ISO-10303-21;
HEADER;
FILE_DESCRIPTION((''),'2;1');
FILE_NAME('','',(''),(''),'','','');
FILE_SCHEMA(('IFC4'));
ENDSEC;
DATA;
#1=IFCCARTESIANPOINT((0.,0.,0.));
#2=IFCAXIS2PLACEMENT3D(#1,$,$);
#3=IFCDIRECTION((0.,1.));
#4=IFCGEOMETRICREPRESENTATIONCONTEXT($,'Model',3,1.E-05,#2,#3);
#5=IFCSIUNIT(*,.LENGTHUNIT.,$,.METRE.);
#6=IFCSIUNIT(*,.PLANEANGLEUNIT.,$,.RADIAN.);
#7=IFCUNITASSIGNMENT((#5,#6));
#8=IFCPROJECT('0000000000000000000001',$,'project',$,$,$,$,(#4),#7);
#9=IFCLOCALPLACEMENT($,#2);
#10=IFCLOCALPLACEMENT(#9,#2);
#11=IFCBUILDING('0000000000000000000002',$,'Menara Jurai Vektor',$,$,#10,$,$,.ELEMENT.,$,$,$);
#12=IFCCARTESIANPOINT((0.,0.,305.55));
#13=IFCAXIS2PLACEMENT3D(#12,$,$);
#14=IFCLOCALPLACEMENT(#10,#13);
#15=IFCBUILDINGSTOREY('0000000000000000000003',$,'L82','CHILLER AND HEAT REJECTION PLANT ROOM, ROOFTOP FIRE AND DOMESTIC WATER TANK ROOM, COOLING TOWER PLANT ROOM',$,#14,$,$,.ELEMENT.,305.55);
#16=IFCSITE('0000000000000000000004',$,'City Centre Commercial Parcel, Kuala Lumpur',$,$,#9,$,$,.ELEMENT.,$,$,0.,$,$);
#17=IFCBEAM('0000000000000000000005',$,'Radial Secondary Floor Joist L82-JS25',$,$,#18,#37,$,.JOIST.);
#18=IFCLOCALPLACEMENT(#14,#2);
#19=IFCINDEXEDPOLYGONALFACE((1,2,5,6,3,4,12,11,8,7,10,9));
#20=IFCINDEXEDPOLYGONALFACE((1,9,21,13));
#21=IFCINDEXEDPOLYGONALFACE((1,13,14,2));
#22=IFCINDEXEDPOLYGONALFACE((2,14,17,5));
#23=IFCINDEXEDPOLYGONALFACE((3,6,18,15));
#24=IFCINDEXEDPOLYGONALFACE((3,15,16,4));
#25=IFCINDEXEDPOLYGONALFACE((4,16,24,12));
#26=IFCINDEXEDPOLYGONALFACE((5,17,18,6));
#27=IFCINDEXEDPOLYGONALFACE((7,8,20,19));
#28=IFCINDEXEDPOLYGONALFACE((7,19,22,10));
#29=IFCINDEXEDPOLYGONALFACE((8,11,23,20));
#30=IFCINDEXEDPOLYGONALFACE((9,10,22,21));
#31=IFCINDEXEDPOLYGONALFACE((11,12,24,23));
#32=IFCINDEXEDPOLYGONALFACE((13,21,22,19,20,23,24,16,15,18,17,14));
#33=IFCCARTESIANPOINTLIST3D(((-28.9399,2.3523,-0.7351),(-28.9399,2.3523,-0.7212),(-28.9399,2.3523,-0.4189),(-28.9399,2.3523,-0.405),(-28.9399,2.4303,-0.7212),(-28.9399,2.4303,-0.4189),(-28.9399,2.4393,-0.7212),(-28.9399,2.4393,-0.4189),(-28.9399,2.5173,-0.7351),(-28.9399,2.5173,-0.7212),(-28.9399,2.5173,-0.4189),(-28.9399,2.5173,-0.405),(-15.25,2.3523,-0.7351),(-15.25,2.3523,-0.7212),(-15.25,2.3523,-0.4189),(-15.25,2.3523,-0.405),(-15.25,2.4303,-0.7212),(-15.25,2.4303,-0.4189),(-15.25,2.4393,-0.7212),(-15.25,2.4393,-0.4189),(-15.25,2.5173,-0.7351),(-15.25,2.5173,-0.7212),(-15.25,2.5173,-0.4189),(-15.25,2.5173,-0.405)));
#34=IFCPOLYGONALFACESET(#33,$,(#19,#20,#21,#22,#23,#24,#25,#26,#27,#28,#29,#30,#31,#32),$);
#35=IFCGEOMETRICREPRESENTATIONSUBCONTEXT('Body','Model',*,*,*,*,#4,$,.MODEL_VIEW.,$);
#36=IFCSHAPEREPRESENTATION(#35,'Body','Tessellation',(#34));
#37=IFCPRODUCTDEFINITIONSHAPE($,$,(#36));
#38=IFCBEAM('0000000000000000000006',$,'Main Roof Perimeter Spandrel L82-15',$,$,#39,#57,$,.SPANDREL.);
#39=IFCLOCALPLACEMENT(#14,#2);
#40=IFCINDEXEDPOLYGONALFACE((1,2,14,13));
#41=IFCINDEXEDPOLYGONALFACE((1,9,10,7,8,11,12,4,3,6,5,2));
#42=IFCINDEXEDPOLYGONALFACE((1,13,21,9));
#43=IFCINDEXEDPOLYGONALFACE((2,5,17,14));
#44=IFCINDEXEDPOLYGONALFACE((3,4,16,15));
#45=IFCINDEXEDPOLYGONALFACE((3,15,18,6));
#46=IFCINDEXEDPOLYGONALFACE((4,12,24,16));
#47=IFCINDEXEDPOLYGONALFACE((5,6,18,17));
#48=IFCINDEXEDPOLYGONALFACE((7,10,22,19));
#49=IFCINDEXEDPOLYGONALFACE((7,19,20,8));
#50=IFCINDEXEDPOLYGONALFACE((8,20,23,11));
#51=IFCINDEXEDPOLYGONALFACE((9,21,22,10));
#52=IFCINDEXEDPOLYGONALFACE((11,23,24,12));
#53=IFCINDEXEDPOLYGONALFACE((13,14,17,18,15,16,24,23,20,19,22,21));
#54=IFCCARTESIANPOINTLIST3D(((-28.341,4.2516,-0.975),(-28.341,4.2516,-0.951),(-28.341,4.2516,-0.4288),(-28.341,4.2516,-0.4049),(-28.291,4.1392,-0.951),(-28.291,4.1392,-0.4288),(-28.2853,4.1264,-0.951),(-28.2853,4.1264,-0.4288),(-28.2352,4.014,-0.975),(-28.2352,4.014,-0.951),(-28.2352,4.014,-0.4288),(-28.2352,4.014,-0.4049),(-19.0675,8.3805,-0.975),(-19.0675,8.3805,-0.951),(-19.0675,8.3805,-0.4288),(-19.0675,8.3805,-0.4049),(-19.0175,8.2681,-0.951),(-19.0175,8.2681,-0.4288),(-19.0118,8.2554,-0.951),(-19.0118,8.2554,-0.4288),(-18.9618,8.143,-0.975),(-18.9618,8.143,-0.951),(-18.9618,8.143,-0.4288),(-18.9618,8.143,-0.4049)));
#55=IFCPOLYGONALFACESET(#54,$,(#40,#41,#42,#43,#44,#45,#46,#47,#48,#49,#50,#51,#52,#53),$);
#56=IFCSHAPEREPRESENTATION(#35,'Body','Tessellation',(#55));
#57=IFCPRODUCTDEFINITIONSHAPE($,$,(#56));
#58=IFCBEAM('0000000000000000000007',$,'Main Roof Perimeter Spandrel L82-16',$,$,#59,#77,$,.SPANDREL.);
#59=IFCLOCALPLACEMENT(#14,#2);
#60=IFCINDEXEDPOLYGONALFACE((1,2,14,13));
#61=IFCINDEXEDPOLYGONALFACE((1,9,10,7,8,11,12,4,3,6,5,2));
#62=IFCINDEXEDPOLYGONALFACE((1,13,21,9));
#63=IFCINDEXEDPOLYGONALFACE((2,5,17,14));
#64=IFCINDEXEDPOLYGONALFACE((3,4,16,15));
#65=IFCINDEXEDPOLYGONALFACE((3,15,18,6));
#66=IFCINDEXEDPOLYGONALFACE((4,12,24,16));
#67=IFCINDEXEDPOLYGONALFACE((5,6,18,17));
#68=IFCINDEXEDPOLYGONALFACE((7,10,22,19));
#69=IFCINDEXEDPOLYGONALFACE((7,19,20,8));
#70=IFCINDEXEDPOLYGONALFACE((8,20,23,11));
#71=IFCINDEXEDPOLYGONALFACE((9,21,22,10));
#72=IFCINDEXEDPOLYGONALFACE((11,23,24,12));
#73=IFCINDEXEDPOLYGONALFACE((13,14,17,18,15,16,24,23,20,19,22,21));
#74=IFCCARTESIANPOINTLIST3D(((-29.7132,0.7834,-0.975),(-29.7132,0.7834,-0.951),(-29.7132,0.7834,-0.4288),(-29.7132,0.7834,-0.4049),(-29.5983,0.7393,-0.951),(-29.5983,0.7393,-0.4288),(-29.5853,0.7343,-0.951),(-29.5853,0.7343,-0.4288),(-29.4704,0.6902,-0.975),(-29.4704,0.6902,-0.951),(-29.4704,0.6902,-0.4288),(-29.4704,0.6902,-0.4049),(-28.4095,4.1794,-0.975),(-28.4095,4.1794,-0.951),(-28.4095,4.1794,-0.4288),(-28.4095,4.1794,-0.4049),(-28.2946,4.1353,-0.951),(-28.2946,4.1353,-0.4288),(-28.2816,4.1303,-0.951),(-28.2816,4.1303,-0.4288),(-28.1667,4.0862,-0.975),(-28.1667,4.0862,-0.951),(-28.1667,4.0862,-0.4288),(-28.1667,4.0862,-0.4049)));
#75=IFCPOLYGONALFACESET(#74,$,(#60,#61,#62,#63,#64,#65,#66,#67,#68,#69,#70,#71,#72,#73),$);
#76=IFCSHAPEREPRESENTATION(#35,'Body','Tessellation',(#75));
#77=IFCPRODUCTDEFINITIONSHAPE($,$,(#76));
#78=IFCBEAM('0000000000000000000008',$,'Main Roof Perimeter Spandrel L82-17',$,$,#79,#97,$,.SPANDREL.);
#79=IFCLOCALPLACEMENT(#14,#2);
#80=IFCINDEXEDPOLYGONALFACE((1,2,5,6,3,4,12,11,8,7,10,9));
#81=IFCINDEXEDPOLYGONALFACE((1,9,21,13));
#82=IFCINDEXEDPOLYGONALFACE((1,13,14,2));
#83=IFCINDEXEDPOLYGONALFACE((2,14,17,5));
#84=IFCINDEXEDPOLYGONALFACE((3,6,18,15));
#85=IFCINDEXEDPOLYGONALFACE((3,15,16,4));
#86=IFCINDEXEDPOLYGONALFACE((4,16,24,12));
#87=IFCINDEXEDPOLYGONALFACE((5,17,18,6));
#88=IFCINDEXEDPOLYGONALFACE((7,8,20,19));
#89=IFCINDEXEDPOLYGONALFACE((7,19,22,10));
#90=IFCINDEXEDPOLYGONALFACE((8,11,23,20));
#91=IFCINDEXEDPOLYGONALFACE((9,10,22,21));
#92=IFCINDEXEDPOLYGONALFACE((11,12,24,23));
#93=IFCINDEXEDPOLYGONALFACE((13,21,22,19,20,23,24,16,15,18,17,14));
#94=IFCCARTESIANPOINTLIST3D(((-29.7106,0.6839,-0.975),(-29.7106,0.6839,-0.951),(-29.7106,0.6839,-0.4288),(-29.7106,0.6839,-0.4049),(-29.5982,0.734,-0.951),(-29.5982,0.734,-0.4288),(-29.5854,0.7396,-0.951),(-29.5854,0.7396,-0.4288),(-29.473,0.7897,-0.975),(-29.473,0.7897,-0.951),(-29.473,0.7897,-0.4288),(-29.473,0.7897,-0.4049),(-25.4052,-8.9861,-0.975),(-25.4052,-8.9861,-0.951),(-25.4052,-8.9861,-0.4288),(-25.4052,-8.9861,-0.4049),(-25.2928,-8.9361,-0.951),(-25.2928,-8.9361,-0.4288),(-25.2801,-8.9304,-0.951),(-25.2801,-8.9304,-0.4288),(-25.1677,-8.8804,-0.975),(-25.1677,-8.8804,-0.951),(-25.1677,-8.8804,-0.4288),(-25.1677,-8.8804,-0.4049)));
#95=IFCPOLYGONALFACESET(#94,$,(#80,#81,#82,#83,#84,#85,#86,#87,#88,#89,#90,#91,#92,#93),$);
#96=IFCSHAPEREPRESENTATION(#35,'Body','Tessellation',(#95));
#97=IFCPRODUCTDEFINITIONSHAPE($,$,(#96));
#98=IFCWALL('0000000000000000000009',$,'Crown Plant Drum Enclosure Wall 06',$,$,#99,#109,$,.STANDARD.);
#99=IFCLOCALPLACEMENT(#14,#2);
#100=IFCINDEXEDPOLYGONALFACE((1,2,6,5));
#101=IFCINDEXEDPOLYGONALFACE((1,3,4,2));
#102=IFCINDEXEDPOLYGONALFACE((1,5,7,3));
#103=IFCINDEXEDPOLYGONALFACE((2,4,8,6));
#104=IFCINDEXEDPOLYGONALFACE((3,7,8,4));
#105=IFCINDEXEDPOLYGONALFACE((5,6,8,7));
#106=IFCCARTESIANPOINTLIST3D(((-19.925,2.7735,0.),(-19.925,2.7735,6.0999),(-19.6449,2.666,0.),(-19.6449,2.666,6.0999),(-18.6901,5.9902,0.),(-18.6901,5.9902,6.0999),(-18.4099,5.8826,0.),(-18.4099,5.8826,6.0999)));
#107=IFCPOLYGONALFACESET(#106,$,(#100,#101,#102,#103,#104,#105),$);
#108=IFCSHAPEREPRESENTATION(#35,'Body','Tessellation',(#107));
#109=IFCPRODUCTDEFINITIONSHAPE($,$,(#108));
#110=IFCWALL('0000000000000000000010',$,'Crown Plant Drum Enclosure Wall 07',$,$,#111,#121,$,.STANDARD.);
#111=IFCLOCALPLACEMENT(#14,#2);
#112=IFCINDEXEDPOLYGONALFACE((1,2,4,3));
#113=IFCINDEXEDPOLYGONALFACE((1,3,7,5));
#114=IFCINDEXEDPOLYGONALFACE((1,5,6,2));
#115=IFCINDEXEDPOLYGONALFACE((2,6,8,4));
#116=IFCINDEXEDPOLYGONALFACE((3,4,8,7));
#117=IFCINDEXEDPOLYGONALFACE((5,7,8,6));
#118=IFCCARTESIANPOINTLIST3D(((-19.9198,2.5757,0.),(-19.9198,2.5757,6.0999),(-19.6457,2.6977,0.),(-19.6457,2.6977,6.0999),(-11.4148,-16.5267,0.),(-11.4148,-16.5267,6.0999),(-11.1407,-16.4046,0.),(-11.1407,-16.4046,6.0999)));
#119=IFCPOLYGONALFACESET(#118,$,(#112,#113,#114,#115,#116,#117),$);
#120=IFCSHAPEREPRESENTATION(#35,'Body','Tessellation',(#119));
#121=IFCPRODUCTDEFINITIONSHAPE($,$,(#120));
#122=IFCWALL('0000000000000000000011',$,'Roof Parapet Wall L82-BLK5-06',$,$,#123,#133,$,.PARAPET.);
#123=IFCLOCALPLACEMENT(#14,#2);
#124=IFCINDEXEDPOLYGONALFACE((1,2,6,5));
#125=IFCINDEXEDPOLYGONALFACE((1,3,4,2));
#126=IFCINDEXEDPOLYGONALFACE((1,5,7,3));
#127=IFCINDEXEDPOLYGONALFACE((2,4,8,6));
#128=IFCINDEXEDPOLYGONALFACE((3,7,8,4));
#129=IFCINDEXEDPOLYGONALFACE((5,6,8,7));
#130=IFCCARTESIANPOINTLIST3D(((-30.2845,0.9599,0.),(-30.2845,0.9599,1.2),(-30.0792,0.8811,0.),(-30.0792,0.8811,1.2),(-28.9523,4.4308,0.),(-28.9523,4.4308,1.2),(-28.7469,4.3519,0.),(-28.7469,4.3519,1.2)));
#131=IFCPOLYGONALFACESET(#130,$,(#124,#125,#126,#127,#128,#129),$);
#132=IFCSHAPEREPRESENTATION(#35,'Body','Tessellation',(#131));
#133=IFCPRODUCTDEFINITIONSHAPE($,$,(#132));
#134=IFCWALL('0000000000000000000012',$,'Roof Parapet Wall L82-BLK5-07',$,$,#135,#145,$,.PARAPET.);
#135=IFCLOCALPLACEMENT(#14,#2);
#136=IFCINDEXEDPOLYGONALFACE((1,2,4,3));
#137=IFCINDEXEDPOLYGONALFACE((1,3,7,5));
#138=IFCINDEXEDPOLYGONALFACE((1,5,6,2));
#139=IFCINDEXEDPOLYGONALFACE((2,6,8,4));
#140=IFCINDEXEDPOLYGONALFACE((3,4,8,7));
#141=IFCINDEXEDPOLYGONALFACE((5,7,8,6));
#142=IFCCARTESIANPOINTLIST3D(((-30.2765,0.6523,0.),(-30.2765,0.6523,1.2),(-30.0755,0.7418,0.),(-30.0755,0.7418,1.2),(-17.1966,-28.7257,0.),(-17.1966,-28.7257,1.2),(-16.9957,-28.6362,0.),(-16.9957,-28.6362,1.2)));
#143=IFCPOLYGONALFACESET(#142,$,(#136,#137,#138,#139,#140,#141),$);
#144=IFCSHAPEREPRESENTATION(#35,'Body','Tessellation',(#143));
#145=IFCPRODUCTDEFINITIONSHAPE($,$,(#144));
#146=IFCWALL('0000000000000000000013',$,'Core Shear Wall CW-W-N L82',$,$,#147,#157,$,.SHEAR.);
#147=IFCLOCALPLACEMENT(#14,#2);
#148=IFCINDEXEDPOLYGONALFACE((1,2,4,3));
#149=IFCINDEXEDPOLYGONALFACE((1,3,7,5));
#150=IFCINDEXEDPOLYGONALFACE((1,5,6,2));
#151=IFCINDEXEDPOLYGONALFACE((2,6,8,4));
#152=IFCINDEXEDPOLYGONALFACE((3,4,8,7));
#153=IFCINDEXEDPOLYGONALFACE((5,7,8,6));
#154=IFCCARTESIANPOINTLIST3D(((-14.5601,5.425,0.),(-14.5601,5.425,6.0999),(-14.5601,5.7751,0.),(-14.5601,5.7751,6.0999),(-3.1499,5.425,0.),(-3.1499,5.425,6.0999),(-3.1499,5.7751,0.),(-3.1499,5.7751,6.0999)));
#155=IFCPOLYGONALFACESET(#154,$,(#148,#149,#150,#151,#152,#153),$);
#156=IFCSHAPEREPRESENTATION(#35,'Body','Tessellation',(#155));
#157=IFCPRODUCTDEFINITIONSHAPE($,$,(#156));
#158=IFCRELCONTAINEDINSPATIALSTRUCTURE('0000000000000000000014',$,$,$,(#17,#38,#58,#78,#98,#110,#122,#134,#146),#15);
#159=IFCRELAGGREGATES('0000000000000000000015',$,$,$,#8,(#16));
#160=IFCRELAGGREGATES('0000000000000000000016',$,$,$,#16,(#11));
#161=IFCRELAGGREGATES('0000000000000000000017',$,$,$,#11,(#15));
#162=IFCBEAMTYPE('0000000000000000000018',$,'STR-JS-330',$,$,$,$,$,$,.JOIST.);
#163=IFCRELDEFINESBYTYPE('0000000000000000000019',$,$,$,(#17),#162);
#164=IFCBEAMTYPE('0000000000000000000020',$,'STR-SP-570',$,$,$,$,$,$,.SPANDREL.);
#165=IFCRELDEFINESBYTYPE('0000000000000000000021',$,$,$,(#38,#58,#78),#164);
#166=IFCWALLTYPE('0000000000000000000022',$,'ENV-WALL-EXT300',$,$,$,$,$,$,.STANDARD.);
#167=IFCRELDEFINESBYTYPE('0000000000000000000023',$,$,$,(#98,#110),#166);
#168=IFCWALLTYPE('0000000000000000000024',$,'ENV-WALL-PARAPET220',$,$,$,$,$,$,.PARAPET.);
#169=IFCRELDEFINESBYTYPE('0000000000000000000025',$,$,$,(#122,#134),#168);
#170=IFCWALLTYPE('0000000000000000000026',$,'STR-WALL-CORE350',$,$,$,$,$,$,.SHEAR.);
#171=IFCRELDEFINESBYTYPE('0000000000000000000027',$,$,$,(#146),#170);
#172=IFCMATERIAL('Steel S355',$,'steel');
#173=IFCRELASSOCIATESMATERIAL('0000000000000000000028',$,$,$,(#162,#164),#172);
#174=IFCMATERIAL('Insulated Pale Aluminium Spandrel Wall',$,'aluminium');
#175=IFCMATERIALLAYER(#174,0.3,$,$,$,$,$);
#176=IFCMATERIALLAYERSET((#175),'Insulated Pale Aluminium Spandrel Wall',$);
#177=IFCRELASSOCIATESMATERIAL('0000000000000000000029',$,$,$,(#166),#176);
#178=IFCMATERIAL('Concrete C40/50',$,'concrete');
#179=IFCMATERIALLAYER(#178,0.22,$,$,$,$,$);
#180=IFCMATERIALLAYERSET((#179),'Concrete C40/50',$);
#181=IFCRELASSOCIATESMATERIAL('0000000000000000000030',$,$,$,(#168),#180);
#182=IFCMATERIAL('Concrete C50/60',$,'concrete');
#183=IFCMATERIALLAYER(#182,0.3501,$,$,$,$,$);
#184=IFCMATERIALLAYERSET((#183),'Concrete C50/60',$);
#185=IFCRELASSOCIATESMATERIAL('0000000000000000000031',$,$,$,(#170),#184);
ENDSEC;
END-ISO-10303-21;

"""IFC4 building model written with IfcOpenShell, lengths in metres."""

from ifc_helpers import new_model, si_unit, direction, frame, frame_2d, origin, origin_2d, place, context, subcontext, project, spatial, rectangle, i_section, extrude, material, layer, layer_set, material_profile, profile_set, type_object, element, save


model = new_model("IFC4")

# Units and contexts
model_context = context("Model", 3, precision=1e-05, world=origin(), true_north=direction((0.0, 1.0)))
body_context = subcontext(model_context, "Body", "Model", "MODEL_VIEW")
ifc_project = project(units=[si_unit("LENGTHUNIT", "METRE"), si_unit("PLANEANGLEUNIT", "RADIAN")], contexts=[model_context])

# Site, building, storey
site_placement = place(None, origin())
site = spatial("IfcSite", under=ifc_project, at=site_placement, Name="City Centre Commercial Parcel, Kuala Lumpur", CompositionType="ELEMENT", RefElevation=0.0)
building_placement = place(site_placement, origin())
building = spatial("IfcBuilding", under=site, at=building_placement, Name="Menara Jurai Vektor", CompositionType="ELEMENT")
storey_placement = place(building_placement, frame((0.0, 0.0, 305.55)))
storey = spatial("IfcBuildingStorey", under=building, at=storey_placement, Name="L82", Description="CHILLER AND HEAT REJECTION PLANT ROOM, ROOFTOP FIRE AND DOMESTIC WATER TANK ROOM, COOLING TOWER PLANT ROOM", CompositionType="ELEMENT", Elevation=305.55)

# Shared definitions
ifc_material_1 = material(Name="Concrete C50/60", Category="concrete")

# Beams
ifc_material_2 = material(Name="Steel S355", Category="steel")
ifc_material_profile_1 = material_profile(ifc_material_2, i_section(OverallWidth=0.165, OverallDepth=0.3301, WebThickness=0.009, FlangeThickness=0.0139, at=origin_2d()), Name="PG 330x165x46")
ifc_profile_set_1 = profile_set([ifc_material_profile_1], Name="Steel S355")
beam_type_1 = type_object("IfcBeamType", Name="STR-JS-330", PredefinedType="JOIST", material=ifc_profile_set_1)
beam_1_placement = place(storey_placement, frame((-28.9399, 2.4348, -0.5701), z_axis=(1.0, 0.0, 0.0), x_axis=(0.0, 1.0, 0.0)))
element("IfcBeam", 1, at=beam_1_placement, inside=storey, type_object=beam_type_1, Name="Radial Secondary Floor Joist L82-JS25", PredefinedType="JOIST", context=body_context, shape_type="SweptSolid", body=[
    extrude(i_section(OverallWidth=0.165, OverallDepth=0.3301, WebThickness=0.009, FlangeThickness=0.0139, at=origin_2d()), origin(), (0.0, 0.0, 1.0), 13.6899),
])
ifc_material_profile_2 = material_profile(ifc_material_2, i_section(OverallWidth=0.26, OverallDepth=0.5701, WebThickness=0.0139, FlangeThickness=0.0239, at=origin_2d()), Name="PG 570x260x145")
ifc_profile_set_2 = profile_set([ifc_material_profile_2], Name="Steel S355")
beam_type_2 = type_object("IfcBeamType", Name="STR-SP-570", PredefinedType="SPANDREL", material=ifc_profile_set_2)
beam_2_placement = place(storey_placement, frame((-19.0146, 8.2617, -0.6899), z_axis=(-0.913542, -0.406745, 0.0), x_axis=(0.406745, -0.913542, 0.0)))
element("IfcBeam", 2, at=beam_2_placement, inside=storey, type_object=beam_type_2, Name="Main Roof Perimeter Spandrel L82-15", PredefinedType="SPANDREL", context=body_context, shape_type="SweptSolid", body=[
    extrude(i_section(OverallWidth=0.26, OverallDepth=0.5701, WebThickness=0.0139, FlangeThickness=0.0239, at=origin_2d()), origin(), (0.0, 0.0, 1.0), 10.1511),
])
beam_3_placement = place(storey_placement, frame((-28.2881, 4.1328, -0.6899), z_axis=(-0.358394, -0.93357, 0.0), x_axis=(0.93357, -0.358394, 0.0)))
element("IfcBeam", 3, at=beam_3_placement, inside=storey, type_object=beam_type_2, Name="Main Roof Perimeter Spandrel L82-16", PredefinedType="SPANDREL", context=body_context, shape_type="SweptSolid", body=[
    extrude(i_section(OverallWidth=0.26, OverallDepth=0.5701, WebThickness=0.0139, FlangeThickness=0.0239, at=origin_2d()), origin(), (0.0, 0.0, 1.0), 3.6377),
])
beam_4_placement = place(storey_placement, frame((-29.5918, 0.7368, -0.6899), z_axis=(0.406735, -0.913546, 0.0), x_axis=(0.913546, 0.406735, 0.0)))
element("IfcBeam", 4, at=beam_4_placement, inside=storey, type_object=beam_type_2, Name="Main Roof Perimeter Spandrel L82-17", PredefinedType="SPANDREL", context=body_context, shape_type="SweptSolid", body=[
    extrude(i_section(OverallWidth=0.26, OverallDepth=0.5701, WebThickness=0.0139, FlangeThickness=0.0239, at=origin_2d()), origin(), (0.0, 0.0, 1.0), 10.5852),
])

# Walls
ifc_material_3 = material(Name="Insulated Pale Aluminium Spandrel Wall", Category="aluminium")
ifc_layer_1 = layer(ifc_material_3, 0.3)
ifc_layer_set_1 = layer_set([ifc_layer_1], Name="Insulated Pale Aluminium Spandrel Wall")
wall_type_1 = type_object("IfcWallType", Name="ENV-WALL-EXT300", PredefinedType="STANDARD", material=ifc_layer_set_1)
wall_1_placement = place(storey_placement, frame((-18.55, 5.9363, 0.0), z_axis=(0.0, 0.0, 1.0), x_axis=(-0.358404, -0.933566, 0.0)))
element("IfcWall", 5, at=wall_1_placement, inside=storey, type_object=wall_type_1, Name="Crown Plant Drum Enclosure Wall 06", PredefinedType="STANDARD", context=body_context, shape_type="SweptSolid", body=[
    extrude(rectangle(XDim=3.4456, YDim=0.3, at=frame_2d((1.7227, 0.0))), origin(), (0.0, 0.0, 1.0), 6.0999),
])
wall_2_placement = place(storey_placement, frame((-19.7827, 2.6367, 0.0), z_axis=(0.0, 0.0, 1.0), x_axis=(0.406736, -0.913546, 0.0)))
element("IfcWall", 6, at=wall_2_placement, inside=storey, type_object=wall_type_1, Name="Crown Plant Drum Enclosure Wall 07", PredefinedType="STANDARD", context=body_context, shape_type="SweptSolid", body=[
    extrude(rectangle(XDim=20.9102, YDim=0.3, at=frame_2d((10.4551, 0.0))), origin(), (0.0, 0.0, 1.0), 6.0999),
])
ifc_material_4 = material(Name="Concrete C40/50", Category="concrete")
ifc_layer_2 = layer(ifc_material_4, 0.22)
ifc_layer_set_2 = layer_set([ifc_layer_2], Name="Concrete C40/50")
wall_type_2 = type_object("IfcWallType", Name="ENV-WALL-PARAPET220", PredefinedType="PARAPET", material=ifc_layer_set_2)
wall_3_placement = place(storey_placement, frame((-28.8496, 4.3914, 0.0), z_axis=(0.0, 0.0, 1.0), x_axis=(-0.358345, -0.933589, 0.0)))
element("IfcWall", 7, at=wall_3_placement, inside=storey, type_object=wall_type_2, Name="Roof Parapet Wall L82-BLK5-06", PredefinedType="PARAPET", context=body_context, shape_type="SweptSolid", body=[
    extrude(rectangle(XDim=3.7178, YDim=0.22, at=frame_2d((1.8589, 0.0))), origin(), (0.0, 0.0, 1.0), 1.2),
])
wall_4_placement = place(storey_placement, frame((-30.176, 0.697, 0.0), z_axis=(0.0, 0.0, 1.0), x_axis=(0.406735, -0.913546, 0.0)))
element("IfcWall", 8, at=wall_4_placement, inside=storey, type_object=wall_type_2, Name="Roof Parapet Wall L82-BLK5-07", PredefinedType="PARAPET", context=body_context, shape_type="SweptSolid", body=[
    extrude(rectangle(XDim=32.1582, YDim=0.22, at=frame_2d((16.0791, 0.0))), origin(), (0.0, 0.0, 1.0), 1.2),
])

# Wall
ifc_layer_3 = layer(ifc_material_1, 0.3501)
ifc_layer_set_3 = layer_set([ifc_layer_3], Name="Concrete C50/60")
wall_type_3 = type_object("IfcWallType", Name="STR-WALL-CORE350", PredefinedType="SHEAR", material=ifc_layer_set_3)
wall_5_placement = place(storey_placement, frame((-14.5601, 5.6001, 0.0), z_axis=(0.0, 0.0, 1.0), x_axis=(1.0, 0.0, 0.0)))
element("IfcWall", 9, at=wall_5_placement, inside=storey, type_object=wall_type_3, Name="Core Shear Wall CW-W-N L82", PredefinedType="SHEAR", context=body_context, shape_type="SweptSolid", body=[
    extrude(rectangle(XDim=11.4102, YDim=0.3501, at=frame_2d((5.7051, 0.0))), origin(), (0.0, 0.0, 1.0), 6.0999),
])

save(model, "model.ifc")
